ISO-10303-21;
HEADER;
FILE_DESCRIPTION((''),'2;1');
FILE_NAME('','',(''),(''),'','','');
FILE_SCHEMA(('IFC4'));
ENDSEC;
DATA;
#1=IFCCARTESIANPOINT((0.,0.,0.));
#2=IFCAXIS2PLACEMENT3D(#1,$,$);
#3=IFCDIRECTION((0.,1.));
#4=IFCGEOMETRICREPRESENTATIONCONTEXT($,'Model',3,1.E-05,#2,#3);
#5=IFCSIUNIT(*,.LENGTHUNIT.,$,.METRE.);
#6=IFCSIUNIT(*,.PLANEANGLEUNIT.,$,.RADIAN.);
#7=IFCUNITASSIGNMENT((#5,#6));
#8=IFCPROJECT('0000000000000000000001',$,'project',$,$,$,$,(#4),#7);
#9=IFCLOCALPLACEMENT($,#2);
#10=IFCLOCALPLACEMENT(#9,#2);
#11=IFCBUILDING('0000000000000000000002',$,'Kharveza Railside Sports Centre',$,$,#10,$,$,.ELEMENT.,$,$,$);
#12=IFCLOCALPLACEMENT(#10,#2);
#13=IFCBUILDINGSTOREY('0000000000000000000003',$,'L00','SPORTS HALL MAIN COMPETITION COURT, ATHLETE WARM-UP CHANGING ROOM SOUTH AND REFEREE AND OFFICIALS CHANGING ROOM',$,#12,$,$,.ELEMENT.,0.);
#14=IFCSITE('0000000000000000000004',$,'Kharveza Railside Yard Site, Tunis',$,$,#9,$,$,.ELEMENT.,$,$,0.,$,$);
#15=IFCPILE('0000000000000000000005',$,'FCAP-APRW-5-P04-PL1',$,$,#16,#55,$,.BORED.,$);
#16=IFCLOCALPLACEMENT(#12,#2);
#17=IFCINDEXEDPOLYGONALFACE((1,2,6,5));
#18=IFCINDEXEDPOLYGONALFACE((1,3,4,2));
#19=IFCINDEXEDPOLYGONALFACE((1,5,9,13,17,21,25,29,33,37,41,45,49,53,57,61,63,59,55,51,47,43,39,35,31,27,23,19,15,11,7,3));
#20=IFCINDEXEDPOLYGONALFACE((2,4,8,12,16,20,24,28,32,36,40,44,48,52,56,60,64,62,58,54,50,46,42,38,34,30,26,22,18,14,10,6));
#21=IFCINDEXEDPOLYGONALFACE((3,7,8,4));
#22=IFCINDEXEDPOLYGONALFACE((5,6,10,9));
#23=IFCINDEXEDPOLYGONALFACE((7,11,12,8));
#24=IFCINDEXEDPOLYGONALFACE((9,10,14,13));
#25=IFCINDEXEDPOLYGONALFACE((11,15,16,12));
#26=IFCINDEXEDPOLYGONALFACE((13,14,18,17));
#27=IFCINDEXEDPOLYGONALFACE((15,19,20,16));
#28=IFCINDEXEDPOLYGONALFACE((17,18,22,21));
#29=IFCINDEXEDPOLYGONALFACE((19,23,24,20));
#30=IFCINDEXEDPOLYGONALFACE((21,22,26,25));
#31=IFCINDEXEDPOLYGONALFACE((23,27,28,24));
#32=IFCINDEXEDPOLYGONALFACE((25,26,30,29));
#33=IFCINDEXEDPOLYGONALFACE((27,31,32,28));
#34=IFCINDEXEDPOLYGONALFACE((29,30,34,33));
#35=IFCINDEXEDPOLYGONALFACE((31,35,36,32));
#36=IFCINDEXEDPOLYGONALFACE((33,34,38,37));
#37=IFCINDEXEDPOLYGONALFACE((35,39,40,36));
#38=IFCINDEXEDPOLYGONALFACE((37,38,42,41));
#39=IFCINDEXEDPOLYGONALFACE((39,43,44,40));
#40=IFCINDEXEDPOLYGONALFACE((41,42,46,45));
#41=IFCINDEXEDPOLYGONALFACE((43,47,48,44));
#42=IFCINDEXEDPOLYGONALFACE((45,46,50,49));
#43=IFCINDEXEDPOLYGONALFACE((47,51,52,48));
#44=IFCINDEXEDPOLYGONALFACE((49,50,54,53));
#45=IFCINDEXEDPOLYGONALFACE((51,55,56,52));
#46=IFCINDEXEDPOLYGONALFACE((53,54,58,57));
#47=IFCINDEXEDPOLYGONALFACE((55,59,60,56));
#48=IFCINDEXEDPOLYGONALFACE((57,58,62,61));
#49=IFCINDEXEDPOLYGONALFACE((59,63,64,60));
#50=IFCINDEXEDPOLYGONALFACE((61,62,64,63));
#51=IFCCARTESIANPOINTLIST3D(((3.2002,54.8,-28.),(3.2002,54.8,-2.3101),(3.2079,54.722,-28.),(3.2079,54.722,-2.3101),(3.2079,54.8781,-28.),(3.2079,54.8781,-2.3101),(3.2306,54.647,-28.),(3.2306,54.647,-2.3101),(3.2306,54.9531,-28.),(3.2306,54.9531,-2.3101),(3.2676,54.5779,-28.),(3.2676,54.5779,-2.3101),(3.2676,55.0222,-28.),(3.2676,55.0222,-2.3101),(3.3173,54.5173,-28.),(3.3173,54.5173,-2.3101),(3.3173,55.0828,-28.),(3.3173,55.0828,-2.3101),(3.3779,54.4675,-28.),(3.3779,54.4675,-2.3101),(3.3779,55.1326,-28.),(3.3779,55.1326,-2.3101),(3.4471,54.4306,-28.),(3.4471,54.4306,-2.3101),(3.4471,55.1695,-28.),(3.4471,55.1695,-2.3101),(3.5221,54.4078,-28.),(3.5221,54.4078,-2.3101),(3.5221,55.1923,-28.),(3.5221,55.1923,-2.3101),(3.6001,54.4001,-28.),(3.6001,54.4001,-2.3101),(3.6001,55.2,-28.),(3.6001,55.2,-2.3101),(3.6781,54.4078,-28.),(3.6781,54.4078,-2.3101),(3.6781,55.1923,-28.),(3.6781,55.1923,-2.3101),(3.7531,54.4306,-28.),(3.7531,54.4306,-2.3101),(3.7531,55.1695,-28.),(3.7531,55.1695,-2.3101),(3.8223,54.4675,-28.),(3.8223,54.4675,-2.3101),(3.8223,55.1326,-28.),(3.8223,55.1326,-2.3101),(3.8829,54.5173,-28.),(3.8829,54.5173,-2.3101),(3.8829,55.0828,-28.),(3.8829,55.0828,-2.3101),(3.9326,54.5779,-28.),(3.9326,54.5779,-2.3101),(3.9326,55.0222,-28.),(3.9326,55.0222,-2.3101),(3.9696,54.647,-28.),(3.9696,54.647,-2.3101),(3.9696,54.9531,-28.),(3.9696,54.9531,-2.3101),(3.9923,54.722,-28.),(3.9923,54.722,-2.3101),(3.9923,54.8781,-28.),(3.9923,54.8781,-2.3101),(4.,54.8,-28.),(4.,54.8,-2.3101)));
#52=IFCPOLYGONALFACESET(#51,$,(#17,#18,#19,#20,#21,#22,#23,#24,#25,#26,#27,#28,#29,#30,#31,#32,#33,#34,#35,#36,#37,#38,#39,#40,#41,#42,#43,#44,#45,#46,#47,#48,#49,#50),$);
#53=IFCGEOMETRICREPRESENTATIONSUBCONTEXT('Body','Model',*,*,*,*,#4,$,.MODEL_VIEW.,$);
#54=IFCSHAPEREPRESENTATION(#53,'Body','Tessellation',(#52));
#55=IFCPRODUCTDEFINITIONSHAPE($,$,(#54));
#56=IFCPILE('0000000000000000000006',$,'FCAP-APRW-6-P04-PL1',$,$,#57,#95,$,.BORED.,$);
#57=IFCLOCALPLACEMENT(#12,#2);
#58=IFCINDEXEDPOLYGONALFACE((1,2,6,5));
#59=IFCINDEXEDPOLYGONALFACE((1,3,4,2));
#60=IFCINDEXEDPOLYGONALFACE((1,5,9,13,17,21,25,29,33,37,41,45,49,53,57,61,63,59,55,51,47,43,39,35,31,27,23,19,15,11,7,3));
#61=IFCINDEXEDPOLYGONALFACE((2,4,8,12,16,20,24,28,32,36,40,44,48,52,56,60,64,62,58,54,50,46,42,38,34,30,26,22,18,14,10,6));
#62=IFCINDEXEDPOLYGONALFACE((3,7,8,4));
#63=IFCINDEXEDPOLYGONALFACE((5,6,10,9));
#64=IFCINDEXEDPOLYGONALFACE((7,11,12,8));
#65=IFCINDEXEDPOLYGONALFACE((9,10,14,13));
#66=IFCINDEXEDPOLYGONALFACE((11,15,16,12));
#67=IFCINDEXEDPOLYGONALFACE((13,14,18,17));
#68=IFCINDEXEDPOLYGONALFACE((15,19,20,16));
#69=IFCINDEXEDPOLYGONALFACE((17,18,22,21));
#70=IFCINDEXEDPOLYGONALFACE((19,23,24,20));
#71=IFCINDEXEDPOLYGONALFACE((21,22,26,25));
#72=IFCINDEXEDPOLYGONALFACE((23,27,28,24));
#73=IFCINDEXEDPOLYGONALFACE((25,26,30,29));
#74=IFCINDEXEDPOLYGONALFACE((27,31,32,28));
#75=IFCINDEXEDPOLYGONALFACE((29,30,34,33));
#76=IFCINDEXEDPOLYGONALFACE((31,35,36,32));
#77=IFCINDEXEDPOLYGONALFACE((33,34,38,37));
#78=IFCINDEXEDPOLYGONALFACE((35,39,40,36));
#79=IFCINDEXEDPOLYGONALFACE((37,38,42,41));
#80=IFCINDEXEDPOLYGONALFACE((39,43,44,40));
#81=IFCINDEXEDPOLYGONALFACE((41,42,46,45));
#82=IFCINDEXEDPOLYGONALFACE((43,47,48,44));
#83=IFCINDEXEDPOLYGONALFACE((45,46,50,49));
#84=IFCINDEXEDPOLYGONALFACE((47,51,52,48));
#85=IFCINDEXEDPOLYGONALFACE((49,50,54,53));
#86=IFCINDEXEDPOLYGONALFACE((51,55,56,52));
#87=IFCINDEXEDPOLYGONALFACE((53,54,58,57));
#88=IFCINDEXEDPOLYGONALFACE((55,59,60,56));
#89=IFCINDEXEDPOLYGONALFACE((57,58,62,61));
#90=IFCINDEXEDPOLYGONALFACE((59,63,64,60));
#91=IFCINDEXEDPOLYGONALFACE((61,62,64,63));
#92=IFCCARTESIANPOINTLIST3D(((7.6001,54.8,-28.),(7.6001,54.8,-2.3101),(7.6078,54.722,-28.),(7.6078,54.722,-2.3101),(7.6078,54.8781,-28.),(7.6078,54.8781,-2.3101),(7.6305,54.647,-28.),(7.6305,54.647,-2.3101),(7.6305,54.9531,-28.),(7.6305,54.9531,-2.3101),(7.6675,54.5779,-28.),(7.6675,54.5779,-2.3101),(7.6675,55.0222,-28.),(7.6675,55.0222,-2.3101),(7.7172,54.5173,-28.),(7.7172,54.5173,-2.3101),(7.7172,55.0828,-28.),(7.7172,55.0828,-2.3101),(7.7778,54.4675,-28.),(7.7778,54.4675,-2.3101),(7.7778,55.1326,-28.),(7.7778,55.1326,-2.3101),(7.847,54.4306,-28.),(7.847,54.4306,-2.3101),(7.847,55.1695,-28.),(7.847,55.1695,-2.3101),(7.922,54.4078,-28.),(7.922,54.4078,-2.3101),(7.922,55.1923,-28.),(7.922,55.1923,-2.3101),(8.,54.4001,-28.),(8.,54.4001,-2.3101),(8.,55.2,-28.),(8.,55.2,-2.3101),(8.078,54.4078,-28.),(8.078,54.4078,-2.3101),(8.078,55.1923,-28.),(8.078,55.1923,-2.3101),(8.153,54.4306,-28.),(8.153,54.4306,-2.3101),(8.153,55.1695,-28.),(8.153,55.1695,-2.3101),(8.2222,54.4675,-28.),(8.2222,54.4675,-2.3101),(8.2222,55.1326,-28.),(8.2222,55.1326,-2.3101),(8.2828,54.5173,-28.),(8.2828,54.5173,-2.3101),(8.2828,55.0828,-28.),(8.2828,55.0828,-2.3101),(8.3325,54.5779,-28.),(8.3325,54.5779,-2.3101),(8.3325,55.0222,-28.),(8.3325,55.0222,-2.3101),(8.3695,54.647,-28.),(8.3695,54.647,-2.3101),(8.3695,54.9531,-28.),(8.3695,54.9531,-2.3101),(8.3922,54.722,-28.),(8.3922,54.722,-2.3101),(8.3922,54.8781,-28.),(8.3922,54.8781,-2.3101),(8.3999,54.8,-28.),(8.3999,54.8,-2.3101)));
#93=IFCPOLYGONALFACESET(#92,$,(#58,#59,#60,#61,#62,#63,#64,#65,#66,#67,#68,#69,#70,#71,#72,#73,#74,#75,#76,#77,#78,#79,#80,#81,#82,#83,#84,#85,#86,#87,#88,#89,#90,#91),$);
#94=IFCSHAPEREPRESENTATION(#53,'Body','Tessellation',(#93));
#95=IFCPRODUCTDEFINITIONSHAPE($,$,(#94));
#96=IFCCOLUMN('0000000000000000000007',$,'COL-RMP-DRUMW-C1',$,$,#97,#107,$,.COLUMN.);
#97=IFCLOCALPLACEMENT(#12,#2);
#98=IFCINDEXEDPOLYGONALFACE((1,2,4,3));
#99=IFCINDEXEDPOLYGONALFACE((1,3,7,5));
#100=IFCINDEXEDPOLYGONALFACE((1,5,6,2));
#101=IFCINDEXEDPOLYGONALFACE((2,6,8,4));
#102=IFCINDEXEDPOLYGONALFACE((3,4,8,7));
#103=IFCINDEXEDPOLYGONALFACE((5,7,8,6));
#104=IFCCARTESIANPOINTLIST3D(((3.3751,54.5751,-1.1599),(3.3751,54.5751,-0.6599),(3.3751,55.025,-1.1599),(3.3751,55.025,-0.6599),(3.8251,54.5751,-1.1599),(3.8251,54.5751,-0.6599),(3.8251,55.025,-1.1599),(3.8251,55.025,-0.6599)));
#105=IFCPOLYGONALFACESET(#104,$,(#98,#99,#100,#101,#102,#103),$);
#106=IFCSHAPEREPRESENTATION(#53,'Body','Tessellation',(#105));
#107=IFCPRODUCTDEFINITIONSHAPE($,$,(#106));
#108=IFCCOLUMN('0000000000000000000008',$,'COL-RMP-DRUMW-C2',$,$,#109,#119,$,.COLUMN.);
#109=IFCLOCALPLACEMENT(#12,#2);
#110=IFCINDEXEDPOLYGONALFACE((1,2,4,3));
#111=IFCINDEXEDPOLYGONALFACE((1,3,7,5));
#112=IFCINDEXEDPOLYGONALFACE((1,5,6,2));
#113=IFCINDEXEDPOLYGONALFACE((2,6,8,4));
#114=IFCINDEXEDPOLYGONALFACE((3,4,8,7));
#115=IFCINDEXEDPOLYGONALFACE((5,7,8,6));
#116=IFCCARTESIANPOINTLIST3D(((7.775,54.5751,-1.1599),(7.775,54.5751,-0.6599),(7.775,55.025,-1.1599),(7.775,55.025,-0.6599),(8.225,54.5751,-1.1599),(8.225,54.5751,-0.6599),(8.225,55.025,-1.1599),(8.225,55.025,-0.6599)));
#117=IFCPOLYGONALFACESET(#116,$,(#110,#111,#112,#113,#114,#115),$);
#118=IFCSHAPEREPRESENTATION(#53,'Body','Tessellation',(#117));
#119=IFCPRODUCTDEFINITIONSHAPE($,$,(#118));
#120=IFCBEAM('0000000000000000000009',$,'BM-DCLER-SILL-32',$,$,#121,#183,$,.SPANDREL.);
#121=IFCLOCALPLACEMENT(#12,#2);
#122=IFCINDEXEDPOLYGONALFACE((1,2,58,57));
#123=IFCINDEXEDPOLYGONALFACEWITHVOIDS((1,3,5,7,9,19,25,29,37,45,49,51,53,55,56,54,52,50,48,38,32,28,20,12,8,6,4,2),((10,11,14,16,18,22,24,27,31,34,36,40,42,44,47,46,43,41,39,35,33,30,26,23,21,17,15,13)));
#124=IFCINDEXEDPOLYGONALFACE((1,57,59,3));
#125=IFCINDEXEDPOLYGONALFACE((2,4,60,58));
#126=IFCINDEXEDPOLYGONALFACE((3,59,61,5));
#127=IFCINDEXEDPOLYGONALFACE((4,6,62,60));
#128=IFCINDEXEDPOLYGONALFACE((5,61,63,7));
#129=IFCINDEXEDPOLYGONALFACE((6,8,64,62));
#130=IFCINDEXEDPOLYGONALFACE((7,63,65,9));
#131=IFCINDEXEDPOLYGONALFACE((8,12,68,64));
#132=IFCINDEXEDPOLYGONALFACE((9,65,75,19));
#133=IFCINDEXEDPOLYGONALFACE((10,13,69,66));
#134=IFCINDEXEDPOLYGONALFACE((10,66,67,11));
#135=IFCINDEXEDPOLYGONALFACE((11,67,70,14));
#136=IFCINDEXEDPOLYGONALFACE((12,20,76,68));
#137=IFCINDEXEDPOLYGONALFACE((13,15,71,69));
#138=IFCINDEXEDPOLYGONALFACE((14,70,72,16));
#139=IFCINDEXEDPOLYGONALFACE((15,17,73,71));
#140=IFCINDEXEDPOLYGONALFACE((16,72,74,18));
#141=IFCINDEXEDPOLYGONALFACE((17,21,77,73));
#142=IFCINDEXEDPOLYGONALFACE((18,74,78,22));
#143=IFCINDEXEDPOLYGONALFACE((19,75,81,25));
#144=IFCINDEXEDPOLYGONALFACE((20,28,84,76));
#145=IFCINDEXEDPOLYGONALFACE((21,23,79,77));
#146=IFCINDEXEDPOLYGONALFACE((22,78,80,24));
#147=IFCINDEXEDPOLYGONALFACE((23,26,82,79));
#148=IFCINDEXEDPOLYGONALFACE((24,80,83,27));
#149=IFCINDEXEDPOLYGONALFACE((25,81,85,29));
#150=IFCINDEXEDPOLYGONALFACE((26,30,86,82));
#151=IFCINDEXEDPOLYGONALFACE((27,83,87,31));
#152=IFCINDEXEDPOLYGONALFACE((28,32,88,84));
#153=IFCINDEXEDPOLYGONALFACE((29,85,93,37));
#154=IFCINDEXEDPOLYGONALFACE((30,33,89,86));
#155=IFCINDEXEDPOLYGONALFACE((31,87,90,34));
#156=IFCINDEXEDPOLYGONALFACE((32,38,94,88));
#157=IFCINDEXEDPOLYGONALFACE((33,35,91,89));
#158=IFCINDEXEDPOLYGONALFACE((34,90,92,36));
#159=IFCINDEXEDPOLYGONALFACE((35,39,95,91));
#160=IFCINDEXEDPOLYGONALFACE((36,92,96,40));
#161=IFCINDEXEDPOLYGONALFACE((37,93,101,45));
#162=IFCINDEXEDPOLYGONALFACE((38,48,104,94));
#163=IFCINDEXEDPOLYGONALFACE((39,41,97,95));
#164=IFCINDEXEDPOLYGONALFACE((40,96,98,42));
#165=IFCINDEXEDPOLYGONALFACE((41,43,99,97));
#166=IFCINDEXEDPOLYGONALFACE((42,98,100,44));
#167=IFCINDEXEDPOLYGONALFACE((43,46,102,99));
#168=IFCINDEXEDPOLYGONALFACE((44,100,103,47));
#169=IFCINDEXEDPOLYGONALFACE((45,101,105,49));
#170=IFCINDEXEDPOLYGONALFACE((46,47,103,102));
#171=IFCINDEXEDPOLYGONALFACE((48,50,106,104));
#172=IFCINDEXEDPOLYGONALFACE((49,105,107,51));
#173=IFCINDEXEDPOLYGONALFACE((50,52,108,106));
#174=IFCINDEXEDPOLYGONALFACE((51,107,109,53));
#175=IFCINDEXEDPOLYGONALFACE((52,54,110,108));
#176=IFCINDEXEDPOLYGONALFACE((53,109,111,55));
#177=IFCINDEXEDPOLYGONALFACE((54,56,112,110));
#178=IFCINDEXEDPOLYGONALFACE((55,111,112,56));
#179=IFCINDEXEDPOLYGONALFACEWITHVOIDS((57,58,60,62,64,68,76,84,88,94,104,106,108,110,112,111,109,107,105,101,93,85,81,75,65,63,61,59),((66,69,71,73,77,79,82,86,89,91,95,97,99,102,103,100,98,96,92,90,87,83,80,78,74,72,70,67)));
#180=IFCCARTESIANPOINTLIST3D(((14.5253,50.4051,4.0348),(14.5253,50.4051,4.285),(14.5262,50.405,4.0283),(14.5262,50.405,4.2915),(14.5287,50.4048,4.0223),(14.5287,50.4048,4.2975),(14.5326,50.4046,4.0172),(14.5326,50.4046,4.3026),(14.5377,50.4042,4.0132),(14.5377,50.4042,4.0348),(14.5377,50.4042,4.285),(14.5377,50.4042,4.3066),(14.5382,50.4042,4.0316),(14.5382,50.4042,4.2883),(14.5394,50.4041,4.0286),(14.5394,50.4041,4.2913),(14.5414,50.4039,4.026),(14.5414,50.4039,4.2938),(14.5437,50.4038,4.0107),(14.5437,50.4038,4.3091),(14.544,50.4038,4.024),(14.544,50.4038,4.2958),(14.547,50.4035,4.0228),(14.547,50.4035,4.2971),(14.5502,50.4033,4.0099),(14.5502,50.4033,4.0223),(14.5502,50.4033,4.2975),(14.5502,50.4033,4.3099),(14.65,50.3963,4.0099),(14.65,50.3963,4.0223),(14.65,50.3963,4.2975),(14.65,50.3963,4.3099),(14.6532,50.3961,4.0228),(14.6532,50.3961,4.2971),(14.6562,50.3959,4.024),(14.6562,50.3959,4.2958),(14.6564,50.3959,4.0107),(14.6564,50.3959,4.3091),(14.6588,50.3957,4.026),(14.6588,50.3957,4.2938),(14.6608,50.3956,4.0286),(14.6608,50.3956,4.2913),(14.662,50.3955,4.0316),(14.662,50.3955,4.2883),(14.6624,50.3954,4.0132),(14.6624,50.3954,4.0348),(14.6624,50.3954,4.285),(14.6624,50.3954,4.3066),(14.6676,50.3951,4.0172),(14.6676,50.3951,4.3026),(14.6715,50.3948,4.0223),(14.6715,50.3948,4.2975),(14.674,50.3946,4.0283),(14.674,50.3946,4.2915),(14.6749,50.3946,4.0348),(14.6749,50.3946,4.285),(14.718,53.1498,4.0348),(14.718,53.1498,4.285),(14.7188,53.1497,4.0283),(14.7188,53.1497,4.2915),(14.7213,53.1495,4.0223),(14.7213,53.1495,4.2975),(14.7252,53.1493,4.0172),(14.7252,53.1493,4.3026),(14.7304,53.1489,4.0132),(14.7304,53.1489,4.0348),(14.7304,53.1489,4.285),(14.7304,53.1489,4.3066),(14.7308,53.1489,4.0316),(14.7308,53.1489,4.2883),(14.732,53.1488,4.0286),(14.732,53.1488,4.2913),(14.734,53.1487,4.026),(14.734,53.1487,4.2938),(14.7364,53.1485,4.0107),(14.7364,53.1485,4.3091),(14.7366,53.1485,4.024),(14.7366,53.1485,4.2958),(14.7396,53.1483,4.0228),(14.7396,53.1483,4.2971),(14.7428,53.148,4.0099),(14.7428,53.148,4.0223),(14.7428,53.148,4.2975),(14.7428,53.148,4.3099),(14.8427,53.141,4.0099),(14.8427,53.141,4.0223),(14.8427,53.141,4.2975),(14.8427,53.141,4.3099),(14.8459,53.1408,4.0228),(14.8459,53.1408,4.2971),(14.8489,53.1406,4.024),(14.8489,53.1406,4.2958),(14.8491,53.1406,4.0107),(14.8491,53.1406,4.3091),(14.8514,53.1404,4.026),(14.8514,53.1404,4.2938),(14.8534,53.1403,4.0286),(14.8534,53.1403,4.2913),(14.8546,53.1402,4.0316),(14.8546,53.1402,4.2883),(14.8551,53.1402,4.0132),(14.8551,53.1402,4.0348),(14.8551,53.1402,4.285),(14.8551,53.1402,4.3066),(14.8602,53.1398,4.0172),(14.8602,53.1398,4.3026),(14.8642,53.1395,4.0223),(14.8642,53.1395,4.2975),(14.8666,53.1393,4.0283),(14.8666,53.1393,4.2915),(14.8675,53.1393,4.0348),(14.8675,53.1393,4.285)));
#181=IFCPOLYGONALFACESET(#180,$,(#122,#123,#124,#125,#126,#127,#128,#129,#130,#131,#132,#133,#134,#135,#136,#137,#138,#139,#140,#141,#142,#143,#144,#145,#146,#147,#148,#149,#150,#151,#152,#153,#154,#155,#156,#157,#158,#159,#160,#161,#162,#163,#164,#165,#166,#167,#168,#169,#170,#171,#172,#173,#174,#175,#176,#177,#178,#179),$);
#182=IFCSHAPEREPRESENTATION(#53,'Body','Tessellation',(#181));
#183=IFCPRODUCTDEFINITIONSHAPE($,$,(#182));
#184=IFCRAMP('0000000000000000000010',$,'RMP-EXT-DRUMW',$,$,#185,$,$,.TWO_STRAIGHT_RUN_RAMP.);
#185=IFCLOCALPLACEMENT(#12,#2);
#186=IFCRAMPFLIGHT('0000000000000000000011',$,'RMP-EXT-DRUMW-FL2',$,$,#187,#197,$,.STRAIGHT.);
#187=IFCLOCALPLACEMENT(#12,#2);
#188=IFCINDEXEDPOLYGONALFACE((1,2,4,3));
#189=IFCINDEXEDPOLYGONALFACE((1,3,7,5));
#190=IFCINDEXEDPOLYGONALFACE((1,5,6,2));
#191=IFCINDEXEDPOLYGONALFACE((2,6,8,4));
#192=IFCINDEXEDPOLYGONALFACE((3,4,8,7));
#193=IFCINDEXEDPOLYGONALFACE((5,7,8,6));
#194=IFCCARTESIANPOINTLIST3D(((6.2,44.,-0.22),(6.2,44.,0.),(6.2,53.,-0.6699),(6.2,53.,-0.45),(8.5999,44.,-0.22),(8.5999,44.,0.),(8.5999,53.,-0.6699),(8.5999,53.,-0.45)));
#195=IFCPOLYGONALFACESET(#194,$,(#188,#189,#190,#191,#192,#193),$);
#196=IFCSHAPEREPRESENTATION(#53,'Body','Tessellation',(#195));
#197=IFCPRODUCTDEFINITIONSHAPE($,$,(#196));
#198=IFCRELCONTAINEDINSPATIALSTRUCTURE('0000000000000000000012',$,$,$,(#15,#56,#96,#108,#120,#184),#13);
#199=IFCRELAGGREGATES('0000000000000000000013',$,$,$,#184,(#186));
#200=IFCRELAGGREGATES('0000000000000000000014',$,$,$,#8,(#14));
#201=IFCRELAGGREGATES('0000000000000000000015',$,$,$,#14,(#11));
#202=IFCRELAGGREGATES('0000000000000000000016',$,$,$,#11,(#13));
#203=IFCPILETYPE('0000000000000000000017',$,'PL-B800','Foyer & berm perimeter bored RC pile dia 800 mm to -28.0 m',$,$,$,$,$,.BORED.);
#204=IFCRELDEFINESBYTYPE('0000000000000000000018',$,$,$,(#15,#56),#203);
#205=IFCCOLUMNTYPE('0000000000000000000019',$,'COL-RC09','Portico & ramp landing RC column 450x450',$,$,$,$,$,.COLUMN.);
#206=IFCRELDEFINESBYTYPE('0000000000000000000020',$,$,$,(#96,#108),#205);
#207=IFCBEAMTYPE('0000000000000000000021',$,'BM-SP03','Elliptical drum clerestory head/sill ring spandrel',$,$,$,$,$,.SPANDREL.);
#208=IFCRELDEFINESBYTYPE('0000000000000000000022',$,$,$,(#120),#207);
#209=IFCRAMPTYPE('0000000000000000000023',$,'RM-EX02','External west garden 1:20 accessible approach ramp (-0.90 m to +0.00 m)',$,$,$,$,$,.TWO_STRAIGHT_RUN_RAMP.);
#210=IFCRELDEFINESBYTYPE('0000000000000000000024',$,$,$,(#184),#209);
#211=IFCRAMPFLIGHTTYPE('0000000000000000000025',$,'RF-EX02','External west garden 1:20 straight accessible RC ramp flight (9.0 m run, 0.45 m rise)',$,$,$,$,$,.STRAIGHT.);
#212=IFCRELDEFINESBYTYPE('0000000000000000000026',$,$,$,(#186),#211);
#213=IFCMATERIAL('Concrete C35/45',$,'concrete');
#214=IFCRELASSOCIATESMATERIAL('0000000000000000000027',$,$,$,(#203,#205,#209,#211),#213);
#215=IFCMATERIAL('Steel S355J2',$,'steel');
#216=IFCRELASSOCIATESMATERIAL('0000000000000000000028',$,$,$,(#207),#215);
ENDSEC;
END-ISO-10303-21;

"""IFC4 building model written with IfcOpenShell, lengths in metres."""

from ifc_helpers import new_model, si_unit, direction, frame, origin, origin_2d, place, context, subcontext, project, spatial, polyline, rectangle, hollow_rectangle, circle, outline, extrude, material, material_profile, profile_set, type_object, element, aggregate, save


model = new_model("IFC4")

# Units and contexts
model_context = context("Model", 3, precision=1e-05, world=origin(), true_north=direction((0.0, 1.0)))
body_context = subcontext(model_context, "Body", "Model", "MODEL_VIEW")
ifc_project = project(units=[si_unit("LENGTHUNIT", "METRE"), si_unit("PLANEANGLEUNIT", "RADIAN")], contexts=[model_context])

# Site, building, storey
site_placement = place(None, origin())
site = spatial("IfcSite", under=ifc_project, at=site_placement, Name="Kharveza Railside Yard Site, Tunis", CompositionType="ELEMENT", RefElevation=0.0)
building_placement = place(site_placement, origin())
building = spatial("IfcBuilding", under=site, at=building_placement, Name="Kharveza Railside Sports Centre", CompositionType="ELEMENT")
storey_placement = place(building_placement, origin())
storey = spatial("IfcBuildingStorey", under=building, at=storey_placement, Name="L00", Description="SPORTS HALL MAIN COMPETITION COURT, ATHLETE WARM-UP CHANGING ROOM SOUTH AND REFEREE AND OFFICIALS CHANGING ROOM", CompositionType="ELEMENT", Elevation=0.0)

# Shared definitions
ifc_material_1 = material(Name="Concrete C35/45", Category="concrete")

# Piles
ifc_material_profile_1 = material_profile(ifc_material_1, circle(Radius=0.3999, at=origin_2d()), Name="PILE D800")
ifc_profile_set_1 = profile_set([ifc_material_profile_1], Name="Concrete C35/45")
pile_type = type_object("IfcPileType", Name="PL-B800", Description="Foyer & berm perimeter bored RC pile dia 800 mm to -28.0 m", PredefinedType="BORED", material=ifc_profile_set_1)
for number, where, z_axis, x_axis, name in (
    (1, (3.6001, 54.8, -2.3101), (0.0, 0.0, -1.0), (1.0, 0.0, 0.0), "FCAP-APRW-5-P04-PL1"),
    (2, (8.0, 54.8, -2.3101), (0.0, 0.0, -1.0), (1.0, 0.0, 0.0), "FCAP-APRW-6-P04-PL1"),
):
    element("IfcPile", number, at=place(storey_placement, frame(where, z_axis=z_axis, x_axis=x_axis)), inside=storey, type_object=pile_type, Name=name, PredefinedType="BORED", context=body_context, shape_type="SweptSolid", body=[
        extrude(circle(Radius=0.3999, at=origin_2d()), origin(), (0.0, 0.0, 1.0), 25.6899),
    ])

# Columns
ifc_material_profile_2 = material_profile(ifc_material_1, rectangle(XDim=0.45, YDim=0.45, at=origin_2d()), Name="RC 450x450")
ifc_profile_set_2 = profile_set([ifc_material_profile_2], Name="Concrete C35/45")
column_type = type_object("IfcColumnType", Name="COL-RC09", Description="Portico & ramp landing RC column 450x450", PredefinedType="COLUMN", material=ifc_profile_set_2)
for number, where, z_axis, x_axis, name in (
    (3, (3.6001, 54.8, -1.1599), (0.0, 0.0, 1.0), (1.0, 0.0, 0.0), "COL-RMP-DRUMW-C1"),
    (4, (8.0, 54.8, -1.1599), (0.0, 0.0, 1.0), (1.0, 0.0, 0.0), "COL-RMP-DRUMW-C2"),
):
    element("IfcColumn", number, at=place(storey_placement, frame(where, z_axis=z_axis, x_axis=x_axis)), inside=storey, type_object=column_type, Name=name, PredefinedType="COLUMN", context=body_context, shape_type="SweptSolid", body=[
        extrude(rectangle(XDim=0.45, YDim=0.45, at=origin_2d()), origin(), (0.0, 0.0, 1.0), 0.5),
    ])

# Beam
ifc_material_2 = material(Name="Steel S355J2", Category="steel")
ifc_material_profile_3 = material_profile(ifc_material_2, hollow_rectangle(XDim=0.1499, YDim=0.3, WallThickness=0.0125, InnerFilletRadius=0.0125, OuterFilletRadius=0.0249, at=origin_2d()), Name="RHS 150x300x12.5")
ifc_profile_set_3 = profile_set([ifc_material_profile_3], Name="Steel S355J2")
beam_type = type_object("IfcBeamType", Name="BM-SP03", Description="Elliptical drum clerestory head/sill ring spandrel", PredefinedType="SPANDREL", material=ifc_profile_set_3)
beam_placement = place(storey_placement, frame((14.7927, 53.1445, 4.1599), z_axis=(-0.070011, -0.997546, 0.0), x_axis=(0.997546, -0.070011, 0.0)))
element("IfcBeam", 5, at=beam_placement, inside=storey, type_object=beam_type, Name="BM-DCLER-SILL-32", PredefinedType="SPANDREL", context=body_context, shape_type="SweptSolid", body=[
    extrude(hollow_rectangle(XDim=0.1499, YDim=0.3, WallThickness=0.0125, InnerFilletRadius=0.0125, OuterFilletRadius=0.0249, at=origin_2d()), origin(), (0.0, 0.0, 1.0), 2.7515),
])

# Ramp, ramp flight
ramp_type = type_object("IfcRampType", Name="RM-EX02", Description="External west garden 1:20 accessible approach ramp (-0.90 m to +0.00 m)", PredefinedType="TWO_STRAIGHT_RUN_RAMP", material=ifc_material_1)
ramp_placement = place(storey_placement, origin())
ramp = element("IfcRamp", 6, at=ramp_placement, inside=storey, type_object=ramp_type, Name="RMP-EXT-DRUMW", PredefinedType="TWO_STRAIGHT_RUN_RAMP")
ramp_flight_type = type_object("IfcRampFlightType", Name="RF-EX02", Description="External west garden 1:20 straight accessible RC ramp flight (9.0 m run, 0.45 m rise)", PredefinedType="STRAIGHT", material=ifc_material_1)
ramp_flight_placement = place(storey_placement, frame((7.3999, 53.0, -0.45), z_axis=(0.0, 0.0, 1.0), x_axis=(0.0, -1.0, 0.0)))
ramp_flight = element("IfcRampFlight", 7, at=ramp_flight_placement, type_object=ramp_flight_type, Name="RMP-EXT-DRUMW-FL2", PredefinedType="STRAIGHT", context=body_context, shape_type="SweptSolid", body=[
    extrude(outline(polyline([(0.0, 0.0), (0.0, -0.22), (9.0, 0.23), (9.0, 0.45), (0.0, 0.0)])), frame((0.0, 1.2, 0.0), z_axis=(0.0, -1.0, 0.0), x_axis=(1.0, 0.0, 0.0)), (0.0, 0.0, 1.0), 2.3999),
])
aggregate(ramp, [ramp_flight])

save(model, "model.ifc")
